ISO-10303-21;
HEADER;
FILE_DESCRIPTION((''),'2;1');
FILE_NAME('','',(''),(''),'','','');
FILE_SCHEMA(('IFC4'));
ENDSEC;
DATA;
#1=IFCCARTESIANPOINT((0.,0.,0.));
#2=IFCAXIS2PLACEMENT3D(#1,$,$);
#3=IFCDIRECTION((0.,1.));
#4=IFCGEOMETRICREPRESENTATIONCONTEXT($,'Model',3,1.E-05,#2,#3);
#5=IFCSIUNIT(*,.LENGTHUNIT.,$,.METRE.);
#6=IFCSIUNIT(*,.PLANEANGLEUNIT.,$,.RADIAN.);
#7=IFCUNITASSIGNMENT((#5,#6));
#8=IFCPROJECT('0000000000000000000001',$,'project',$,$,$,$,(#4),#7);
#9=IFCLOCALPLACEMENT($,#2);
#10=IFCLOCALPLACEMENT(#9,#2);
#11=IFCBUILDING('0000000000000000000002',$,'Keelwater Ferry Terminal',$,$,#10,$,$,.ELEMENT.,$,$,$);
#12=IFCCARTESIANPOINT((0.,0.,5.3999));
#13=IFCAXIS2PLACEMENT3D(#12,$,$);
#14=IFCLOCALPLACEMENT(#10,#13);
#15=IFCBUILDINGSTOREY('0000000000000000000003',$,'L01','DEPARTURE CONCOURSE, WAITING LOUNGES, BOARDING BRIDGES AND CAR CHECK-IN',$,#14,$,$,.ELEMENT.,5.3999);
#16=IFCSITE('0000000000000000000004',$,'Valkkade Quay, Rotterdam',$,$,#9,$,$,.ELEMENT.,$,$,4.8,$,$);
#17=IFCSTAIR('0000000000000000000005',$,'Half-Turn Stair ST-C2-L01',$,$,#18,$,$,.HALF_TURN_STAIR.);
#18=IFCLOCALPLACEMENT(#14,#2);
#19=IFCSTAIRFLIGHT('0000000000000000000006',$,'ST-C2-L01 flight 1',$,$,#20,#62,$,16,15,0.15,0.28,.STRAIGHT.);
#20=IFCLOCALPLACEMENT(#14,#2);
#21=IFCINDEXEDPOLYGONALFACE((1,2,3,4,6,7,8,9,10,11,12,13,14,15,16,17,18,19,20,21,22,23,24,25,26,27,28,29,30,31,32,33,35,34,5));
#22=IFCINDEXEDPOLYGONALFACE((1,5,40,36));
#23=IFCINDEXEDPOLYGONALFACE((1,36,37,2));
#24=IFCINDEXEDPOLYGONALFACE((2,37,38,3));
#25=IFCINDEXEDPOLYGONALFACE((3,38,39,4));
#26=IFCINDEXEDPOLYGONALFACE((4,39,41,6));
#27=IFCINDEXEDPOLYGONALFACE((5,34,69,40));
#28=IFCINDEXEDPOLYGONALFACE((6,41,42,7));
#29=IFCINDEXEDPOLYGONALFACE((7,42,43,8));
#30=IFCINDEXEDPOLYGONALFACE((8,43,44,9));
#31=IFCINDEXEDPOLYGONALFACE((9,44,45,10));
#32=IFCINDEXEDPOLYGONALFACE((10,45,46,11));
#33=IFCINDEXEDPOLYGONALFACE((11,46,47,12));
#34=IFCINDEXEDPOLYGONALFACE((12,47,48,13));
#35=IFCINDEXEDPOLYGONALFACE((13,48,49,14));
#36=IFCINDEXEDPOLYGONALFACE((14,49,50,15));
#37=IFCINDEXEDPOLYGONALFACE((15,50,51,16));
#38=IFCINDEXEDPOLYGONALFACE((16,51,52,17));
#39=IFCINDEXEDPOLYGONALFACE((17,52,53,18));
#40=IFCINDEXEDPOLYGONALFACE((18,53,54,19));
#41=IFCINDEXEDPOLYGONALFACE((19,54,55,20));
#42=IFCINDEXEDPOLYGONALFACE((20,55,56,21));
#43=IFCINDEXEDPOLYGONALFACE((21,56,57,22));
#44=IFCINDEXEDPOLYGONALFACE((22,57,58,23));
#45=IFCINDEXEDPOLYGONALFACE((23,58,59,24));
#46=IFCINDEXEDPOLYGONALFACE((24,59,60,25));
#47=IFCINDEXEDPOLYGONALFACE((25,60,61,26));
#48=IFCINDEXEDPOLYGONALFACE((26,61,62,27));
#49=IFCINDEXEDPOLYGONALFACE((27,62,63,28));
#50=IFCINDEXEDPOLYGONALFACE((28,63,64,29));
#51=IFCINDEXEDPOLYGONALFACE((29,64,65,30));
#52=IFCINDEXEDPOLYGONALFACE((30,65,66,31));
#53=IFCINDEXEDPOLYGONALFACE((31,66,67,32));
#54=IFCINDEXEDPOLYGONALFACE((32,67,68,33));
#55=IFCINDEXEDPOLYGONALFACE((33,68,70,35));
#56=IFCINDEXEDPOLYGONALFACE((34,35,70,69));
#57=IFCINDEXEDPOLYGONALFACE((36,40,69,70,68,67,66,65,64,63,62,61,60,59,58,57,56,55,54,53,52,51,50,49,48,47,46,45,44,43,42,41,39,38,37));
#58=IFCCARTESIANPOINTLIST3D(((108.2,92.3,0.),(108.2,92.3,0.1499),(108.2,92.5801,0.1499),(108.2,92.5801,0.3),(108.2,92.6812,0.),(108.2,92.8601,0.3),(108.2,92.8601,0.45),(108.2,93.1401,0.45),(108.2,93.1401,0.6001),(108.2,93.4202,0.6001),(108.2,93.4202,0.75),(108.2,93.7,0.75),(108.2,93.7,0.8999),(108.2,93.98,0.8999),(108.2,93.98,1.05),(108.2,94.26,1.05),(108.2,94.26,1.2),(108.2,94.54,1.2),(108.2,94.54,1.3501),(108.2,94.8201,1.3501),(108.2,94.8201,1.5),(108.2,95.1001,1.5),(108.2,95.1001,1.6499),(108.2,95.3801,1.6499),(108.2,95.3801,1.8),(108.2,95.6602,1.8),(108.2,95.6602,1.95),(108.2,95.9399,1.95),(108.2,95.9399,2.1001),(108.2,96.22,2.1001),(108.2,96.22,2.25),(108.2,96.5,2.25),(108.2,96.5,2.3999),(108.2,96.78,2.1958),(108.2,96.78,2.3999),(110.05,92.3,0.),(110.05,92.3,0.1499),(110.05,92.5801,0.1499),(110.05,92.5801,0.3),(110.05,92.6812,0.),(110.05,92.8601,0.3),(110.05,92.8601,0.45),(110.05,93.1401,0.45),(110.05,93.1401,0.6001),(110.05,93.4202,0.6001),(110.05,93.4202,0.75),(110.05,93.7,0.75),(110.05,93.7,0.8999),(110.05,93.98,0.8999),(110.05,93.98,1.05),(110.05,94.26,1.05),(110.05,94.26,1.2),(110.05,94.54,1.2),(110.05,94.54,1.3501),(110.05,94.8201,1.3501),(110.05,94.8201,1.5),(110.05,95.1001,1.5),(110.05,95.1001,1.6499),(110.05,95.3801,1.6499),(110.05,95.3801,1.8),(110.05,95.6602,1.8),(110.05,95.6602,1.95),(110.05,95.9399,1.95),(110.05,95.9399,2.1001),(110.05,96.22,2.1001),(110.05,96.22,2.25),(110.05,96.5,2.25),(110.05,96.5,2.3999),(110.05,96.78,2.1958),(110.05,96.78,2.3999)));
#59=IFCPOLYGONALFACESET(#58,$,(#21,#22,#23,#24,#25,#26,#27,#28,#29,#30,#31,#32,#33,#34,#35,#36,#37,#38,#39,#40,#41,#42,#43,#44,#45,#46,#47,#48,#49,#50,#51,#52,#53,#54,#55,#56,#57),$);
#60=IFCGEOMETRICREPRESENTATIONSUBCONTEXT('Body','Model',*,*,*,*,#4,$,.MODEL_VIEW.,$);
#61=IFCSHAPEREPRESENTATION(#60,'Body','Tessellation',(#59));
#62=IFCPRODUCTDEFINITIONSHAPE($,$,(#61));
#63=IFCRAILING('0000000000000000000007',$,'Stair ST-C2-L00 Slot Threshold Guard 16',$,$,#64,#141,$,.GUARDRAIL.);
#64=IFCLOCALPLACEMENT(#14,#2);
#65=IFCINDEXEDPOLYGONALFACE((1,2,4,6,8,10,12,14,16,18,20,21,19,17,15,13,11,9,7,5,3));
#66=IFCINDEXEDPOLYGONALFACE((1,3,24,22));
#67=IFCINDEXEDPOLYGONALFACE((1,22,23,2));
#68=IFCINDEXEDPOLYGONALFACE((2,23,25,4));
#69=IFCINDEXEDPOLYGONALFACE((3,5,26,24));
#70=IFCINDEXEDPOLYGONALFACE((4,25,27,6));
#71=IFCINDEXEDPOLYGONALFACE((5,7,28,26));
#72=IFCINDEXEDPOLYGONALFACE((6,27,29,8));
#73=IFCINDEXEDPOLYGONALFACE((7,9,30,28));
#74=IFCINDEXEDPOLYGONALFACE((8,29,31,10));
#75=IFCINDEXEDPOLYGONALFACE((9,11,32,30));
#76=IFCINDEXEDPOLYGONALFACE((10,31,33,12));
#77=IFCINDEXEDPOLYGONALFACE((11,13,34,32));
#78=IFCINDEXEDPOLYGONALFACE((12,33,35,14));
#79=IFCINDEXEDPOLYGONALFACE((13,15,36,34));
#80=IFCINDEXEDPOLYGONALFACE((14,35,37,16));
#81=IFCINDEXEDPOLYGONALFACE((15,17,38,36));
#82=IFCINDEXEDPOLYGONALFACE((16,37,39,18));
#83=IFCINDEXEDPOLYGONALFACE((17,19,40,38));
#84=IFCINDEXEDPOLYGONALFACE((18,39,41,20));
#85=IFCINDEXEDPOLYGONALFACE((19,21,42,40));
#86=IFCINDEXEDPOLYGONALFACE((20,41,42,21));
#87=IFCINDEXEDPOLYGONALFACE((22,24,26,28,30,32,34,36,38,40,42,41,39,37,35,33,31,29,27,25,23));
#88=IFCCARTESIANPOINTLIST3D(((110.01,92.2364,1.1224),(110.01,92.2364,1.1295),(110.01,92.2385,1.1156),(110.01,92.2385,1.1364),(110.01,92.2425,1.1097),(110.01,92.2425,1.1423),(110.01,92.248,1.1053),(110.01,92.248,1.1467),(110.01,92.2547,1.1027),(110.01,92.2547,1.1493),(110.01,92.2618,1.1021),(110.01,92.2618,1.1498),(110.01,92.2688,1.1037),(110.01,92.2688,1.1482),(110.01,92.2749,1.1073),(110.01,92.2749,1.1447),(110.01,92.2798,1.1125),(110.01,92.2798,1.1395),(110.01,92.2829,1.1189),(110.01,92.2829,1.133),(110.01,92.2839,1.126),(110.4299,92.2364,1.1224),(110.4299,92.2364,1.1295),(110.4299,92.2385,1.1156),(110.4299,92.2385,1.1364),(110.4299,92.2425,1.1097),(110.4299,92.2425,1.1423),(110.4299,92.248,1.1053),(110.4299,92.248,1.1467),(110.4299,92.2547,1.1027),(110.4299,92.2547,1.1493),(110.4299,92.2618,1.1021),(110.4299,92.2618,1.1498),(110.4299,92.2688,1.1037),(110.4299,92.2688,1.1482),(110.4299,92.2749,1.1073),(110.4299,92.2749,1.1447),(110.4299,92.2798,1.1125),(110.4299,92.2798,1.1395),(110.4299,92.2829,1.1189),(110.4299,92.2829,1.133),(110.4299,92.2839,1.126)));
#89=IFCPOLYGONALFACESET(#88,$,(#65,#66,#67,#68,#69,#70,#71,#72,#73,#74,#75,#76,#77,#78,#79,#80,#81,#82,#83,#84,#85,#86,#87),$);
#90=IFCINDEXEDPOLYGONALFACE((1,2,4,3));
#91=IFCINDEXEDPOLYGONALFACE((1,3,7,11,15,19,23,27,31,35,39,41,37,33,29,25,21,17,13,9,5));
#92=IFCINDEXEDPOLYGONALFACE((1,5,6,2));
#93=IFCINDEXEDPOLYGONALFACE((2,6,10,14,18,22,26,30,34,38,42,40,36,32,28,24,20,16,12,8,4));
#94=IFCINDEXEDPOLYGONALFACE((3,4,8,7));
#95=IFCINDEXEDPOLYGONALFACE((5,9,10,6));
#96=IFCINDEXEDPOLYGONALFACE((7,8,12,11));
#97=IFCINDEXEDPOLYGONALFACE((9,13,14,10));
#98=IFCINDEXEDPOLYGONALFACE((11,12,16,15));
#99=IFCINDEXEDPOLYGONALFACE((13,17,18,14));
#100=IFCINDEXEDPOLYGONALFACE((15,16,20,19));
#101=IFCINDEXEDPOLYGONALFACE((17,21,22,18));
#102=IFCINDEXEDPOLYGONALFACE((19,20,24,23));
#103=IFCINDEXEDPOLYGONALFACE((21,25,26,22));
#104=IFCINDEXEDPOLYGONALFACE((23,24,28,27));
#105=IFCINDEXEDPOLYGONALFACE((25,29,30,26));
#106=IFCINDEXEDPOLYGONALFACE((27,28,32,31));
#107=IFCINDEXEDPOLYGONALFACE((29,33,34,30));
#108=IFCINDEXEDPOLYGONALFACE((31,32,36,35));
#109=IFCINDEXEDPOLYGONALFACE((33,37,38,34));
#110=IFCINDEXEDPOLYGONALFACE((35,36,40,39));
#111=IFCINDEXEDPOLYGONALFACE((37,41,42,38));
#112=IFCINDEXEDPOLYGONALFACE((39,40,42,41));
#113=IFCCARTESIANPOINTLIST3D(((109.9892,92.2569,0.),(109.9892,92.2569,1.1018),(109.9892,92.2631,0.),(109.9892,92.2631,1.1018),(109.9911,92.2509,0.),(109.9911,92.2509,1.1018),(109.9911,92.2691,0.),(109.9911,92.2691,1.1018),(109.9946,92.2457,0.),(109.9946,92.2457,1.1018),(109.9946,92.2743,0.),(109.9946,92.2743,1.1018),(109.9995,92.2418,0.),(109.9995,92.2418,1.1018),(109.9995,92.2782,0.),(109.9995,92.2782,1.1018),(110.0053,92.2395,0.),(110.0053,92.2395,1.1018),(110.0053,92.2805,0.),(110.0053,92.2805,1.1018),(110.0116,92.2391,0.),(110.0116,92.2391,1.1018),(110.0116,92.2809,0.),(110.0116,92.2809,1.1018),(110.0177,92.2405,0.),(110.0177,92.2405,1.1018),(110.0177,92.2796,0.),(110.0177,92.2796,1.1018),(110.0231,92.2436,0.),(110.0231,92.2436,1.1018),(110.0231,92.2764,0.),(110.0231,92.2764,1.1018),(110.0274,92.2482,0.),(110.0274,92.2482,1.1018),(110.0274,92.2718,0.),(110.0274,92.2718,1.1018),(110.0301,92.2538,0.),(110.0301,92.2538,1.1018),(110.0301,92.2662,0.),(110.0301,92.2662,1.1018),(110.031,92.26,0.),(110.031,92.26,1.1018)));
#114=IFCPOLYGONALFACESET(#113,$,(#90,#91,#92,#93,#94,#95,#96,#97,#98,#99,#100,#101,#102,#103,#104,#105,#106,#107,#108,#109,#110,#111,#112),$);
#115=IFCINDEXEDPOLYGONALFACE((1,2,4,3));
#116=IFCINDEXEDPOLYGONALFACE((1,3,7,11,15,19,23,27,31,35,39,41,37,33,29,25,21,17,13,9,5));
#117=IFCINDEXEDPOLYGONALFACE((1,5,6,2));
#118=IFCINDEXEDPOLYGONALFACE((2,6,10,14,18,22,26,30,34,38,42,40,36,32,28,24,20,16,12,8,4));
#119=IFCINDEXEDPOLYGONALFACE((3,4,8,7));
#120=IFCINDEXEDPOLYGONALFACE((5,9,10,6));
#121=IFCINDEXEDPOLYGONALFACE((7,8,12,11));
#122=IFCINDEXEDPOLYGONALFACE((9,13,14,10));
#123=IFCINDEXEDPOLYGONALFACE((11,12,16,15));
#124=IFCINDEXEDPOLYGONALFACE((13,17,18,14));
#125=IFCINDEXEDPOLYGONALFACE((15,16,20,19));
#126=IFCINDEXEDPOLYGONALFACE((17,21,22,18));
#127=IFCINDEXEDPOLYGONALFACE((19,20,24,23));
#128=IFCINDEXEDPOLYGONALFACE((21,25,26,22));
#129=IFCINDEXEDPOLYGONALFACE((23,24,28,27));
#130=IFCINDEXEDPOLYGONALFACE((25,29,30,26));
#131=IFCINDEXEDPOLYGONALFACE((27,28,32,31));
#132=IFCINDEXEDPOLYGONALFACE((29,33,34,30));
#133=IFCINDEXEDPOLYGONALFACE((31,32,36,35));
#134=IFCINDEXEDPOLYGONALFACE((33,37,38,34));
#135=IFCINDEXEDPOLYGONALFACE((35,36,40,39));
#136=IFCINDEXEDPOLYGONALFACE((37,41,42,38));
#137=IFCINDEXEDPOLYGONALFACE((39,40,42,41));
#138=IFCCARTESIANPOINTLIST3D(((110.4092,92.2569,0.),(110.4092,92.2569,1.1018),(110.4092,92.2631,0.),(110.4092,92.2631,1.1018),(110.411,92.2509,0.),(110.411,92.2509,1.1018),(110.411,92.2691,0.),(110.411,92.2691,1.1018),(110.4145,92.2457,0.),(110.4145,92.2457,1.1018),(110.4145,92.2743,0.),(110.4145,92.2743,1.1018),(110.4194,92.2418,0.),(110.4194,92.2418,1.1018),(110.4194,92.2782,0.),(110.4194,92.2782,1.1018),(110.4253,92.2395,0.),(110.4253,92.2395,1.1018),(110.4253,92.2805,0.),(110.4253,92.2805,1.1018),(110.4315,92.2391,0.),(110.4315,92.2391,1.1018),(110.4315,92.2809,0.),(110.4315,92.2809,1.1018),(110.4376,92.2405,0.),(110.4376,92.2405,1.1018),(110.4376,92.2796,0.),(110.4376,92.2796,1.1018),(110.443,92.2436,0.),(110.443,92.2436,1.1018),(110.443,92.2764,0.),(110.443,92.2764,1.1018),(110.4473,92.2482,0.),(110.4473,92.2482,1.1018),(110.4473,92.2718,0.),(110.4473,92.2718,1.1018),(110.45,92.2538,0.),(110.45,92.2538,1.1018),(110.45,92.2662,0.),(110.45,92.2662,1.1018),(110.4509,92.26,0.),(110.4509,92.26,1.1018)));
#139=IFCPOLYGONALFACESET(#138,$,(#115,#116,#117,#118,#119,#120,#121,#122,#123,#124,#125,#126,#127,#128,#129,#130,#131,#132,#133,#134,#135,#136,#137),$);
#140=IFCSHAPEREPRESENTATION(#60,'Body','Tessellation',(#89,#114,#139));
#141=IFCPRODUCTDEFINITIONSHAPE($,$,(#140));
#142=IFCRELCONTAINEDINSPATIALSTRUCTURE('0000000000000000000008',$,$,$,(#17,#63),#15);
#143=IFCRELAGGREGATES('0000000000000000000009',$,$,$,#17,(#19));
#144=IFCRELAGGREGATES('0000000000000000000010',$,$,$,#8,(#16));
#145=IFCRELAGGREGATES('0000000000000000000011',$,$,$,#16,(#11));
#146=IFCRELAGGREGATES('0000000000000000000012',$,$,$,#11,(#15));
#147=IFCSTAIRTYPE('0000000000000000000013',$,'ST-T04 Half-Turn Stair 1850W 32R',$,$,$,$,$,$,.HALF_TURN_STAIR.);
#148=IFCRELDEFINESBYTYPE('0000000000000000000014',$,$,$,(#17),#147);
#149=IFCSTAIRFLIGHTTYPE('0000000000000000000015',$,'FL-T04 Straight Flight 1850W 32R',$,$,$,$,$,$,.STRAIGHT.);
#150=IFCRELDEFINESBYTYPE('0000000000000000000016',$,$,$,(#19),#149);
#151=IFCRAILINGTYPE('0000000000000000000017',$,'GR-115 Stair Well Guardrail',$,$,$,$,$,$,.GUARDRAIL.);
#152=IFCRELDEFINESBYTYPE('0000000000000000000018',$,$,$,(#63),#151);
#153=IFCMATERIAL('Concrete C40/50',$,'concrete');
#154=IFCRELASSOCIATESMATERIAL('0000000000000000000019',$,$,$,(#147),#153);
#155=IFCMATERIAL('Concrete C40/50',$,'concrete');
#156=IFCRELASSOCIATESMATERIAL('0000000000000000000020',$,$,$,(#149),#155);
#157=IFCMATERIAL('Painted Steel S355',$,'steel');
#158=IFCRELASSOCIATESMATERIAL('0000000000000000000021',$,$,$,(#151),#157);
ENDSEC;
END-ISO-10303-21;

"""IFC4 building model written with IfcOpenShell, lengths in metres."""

from ifc_helpers import new_model, si_unit, direction, frame, origin, origin_2d, place, context, subcontext, project, spatial, polyline, circle, outline, extrude, material, type_object, element, aggregate, save


model = new_model("IFC4")

# Units and contexts
model_context = context("Model", 3, precision=1e-05, world=origin(), true_north=direction((0.0, 1.0)))
body_context = subcontext(model_context, "Body", "Model", "MODEL_VIEW")
ifc_project = project(units=[si_unit("LENGTHUNIT", "METRE"), si_unit("PLANEANGLEUNIT", "RADIAN")], contexts=[model_context])

# Site, building, storey
site_placement = place(None, origin())
site = spatial("IfcSite", under=ifc_project, at=site_placement, Name="Valkkade Quay, Rotterdam", CompositionType="ELEMENT", RefElevation=4.8)
building_placement = place(site_placement, origin())
building = spatial("IfcBuilding", under=site, at=building_placement, Name="Keelwater Ferry Terminal", CompositionType="ELEMENT")
storey_placement = place(building_placement, frame((0.0, 0.0, 5.3999)))
storey = spatial("IfcBuildingStorey", under=building, at=storey_placement, Name="L01", Description="DEPARTURE CONCOURSE, WAITING LOUNGES, BOARDING BRIDGES AND CAR CHECK-IN", CompositionType="ELEMENT", Elevation=5.3999)

# Stair, stair flight
ifc_material_1 = material(Name="Concrete C40/50", Category="concrete")
stair_type = type_object("IfcStairType", Name="ST-T04 Half-Turn Stair 1850W 32R", PredefinedType="HALF_TURN_STAIR", material=ifc_material_1)
stair_placement = place(storey_placement, origin())
stair = element("IfcStair", 1, at=stair_placement, inside=storey, type_object=stair_type, Name="Half-Turn Stair ST-C2-L01", PredefinedType="HALF_TURN_STAIR")
ifc_material_2 = material(Name="Concrete C40/50", Category="concrete")
stair_flight_type = type_object("IfcStairFlightType", Name="FL-T04 Straight Flight 1850W 32R", PredefinedType="STRAIGHT", material=ifc_material_2)
stair_flight_placement = place(storey_placement, frame((109.125, 92.3, 0.0), z_axis=(0.0, 0.0, 1.0), x_axis=(0.0, 1.0, 0.0)))
stair_flight = element("IfcStairFlight", 2, at=stair_flight_placement, type_object=stair_flight_type, Name="ST-C2-L01 flight 1", NumberOfRisers=16, NumberOfTreads=15, PredefinedType="STRAIGHT", RiserHeight=0.15, TreadLength=0.28, context=body_context, shape_type="SweptSolid", body=[
    extrude(outline(polyline([(0.0, 0.0), (0.0, 0.1499), (0.28, 0.1499), (0.28, 0.3), (0.5601, 0.3), (0.5601, 0.45), (0.8401, 0.45), (0.8401, 0.6001), (1.1201, 0.6001), (1.1201, 0.75), (1.3999, 0.75), (1.3999, 0.8999), (1.6799, 0.8999), (1.6799, 1.05), (1.96, 1.05), (1.96, 1.2), (2.24, 1.2), (2.24, 1.3501), (2.52, 1.3501), (2.52, 1.5), (2.8, 1.5), (2.8, 1.6499), (3.0801, 1.6499), (3.0801, 1.8), (3.3601, 1.8), (3.3601, 1.95), (3.6399, 1.95), (3.6399, 2.1001), (3.9199, 2.1001), (3.9199, 2.25), (4.2, 2.25), (4.2, 2.3999), (4.48, 2.3999), (4.48, 2.1958), (0.3811, 0.0), (0.0, 0.0)])), frame((0.0, 0.925, 0.0), z_axis=(0.0, -1.0, 0.0), x_axis=(1.0, 0.0, 0.0)), (0.0, 0.0, 1.0), 1.8501),
])
aggregate(stair, [stair_flight])

# Railing
ifc_material_3 = material(Name="Painted Steel S355", Category="steel")
railing_type_1 = type_object("IfcRailingType", Name="GR-115 Stair Well Guardrail", PredefinedType="GUARDRAIL", material=ifc_material_3)
railing_1_placement = place(storey_placement, frame((110.01, 92.26, 0.0)))
element("IfcRailing", 3, at=railing_1_placement, inside=storey, type_object=railing_type_1, Name="Stair ST-C2-L00 Slot Threshold Guard 16", PredefinedType="GUARDRAIL", context=body_context, shape_type="SweptSolid", body=[
    extrude(circle(Radius=0.0239, at=origin_2d()), frame((0.0, 0.0, 1.126), z_axis=(1.0, 0.0, 0.0), x_axis=(0.0, 1.0, 0.0)), (0.0, 0.0, 1.0), 0.4199),
    extrude(circle(Radius=0.021, at=origin_2d()), origin(), (0.0, 0.0, 1.0), 1.1018),
    extrude(circle(Radius=0.021, at=origin_2d()), frame((0.4199, 0.0, 0.0)), (0.0, 0.0, 1.0), 1.1018),
])

save(model, "model.ifc")
